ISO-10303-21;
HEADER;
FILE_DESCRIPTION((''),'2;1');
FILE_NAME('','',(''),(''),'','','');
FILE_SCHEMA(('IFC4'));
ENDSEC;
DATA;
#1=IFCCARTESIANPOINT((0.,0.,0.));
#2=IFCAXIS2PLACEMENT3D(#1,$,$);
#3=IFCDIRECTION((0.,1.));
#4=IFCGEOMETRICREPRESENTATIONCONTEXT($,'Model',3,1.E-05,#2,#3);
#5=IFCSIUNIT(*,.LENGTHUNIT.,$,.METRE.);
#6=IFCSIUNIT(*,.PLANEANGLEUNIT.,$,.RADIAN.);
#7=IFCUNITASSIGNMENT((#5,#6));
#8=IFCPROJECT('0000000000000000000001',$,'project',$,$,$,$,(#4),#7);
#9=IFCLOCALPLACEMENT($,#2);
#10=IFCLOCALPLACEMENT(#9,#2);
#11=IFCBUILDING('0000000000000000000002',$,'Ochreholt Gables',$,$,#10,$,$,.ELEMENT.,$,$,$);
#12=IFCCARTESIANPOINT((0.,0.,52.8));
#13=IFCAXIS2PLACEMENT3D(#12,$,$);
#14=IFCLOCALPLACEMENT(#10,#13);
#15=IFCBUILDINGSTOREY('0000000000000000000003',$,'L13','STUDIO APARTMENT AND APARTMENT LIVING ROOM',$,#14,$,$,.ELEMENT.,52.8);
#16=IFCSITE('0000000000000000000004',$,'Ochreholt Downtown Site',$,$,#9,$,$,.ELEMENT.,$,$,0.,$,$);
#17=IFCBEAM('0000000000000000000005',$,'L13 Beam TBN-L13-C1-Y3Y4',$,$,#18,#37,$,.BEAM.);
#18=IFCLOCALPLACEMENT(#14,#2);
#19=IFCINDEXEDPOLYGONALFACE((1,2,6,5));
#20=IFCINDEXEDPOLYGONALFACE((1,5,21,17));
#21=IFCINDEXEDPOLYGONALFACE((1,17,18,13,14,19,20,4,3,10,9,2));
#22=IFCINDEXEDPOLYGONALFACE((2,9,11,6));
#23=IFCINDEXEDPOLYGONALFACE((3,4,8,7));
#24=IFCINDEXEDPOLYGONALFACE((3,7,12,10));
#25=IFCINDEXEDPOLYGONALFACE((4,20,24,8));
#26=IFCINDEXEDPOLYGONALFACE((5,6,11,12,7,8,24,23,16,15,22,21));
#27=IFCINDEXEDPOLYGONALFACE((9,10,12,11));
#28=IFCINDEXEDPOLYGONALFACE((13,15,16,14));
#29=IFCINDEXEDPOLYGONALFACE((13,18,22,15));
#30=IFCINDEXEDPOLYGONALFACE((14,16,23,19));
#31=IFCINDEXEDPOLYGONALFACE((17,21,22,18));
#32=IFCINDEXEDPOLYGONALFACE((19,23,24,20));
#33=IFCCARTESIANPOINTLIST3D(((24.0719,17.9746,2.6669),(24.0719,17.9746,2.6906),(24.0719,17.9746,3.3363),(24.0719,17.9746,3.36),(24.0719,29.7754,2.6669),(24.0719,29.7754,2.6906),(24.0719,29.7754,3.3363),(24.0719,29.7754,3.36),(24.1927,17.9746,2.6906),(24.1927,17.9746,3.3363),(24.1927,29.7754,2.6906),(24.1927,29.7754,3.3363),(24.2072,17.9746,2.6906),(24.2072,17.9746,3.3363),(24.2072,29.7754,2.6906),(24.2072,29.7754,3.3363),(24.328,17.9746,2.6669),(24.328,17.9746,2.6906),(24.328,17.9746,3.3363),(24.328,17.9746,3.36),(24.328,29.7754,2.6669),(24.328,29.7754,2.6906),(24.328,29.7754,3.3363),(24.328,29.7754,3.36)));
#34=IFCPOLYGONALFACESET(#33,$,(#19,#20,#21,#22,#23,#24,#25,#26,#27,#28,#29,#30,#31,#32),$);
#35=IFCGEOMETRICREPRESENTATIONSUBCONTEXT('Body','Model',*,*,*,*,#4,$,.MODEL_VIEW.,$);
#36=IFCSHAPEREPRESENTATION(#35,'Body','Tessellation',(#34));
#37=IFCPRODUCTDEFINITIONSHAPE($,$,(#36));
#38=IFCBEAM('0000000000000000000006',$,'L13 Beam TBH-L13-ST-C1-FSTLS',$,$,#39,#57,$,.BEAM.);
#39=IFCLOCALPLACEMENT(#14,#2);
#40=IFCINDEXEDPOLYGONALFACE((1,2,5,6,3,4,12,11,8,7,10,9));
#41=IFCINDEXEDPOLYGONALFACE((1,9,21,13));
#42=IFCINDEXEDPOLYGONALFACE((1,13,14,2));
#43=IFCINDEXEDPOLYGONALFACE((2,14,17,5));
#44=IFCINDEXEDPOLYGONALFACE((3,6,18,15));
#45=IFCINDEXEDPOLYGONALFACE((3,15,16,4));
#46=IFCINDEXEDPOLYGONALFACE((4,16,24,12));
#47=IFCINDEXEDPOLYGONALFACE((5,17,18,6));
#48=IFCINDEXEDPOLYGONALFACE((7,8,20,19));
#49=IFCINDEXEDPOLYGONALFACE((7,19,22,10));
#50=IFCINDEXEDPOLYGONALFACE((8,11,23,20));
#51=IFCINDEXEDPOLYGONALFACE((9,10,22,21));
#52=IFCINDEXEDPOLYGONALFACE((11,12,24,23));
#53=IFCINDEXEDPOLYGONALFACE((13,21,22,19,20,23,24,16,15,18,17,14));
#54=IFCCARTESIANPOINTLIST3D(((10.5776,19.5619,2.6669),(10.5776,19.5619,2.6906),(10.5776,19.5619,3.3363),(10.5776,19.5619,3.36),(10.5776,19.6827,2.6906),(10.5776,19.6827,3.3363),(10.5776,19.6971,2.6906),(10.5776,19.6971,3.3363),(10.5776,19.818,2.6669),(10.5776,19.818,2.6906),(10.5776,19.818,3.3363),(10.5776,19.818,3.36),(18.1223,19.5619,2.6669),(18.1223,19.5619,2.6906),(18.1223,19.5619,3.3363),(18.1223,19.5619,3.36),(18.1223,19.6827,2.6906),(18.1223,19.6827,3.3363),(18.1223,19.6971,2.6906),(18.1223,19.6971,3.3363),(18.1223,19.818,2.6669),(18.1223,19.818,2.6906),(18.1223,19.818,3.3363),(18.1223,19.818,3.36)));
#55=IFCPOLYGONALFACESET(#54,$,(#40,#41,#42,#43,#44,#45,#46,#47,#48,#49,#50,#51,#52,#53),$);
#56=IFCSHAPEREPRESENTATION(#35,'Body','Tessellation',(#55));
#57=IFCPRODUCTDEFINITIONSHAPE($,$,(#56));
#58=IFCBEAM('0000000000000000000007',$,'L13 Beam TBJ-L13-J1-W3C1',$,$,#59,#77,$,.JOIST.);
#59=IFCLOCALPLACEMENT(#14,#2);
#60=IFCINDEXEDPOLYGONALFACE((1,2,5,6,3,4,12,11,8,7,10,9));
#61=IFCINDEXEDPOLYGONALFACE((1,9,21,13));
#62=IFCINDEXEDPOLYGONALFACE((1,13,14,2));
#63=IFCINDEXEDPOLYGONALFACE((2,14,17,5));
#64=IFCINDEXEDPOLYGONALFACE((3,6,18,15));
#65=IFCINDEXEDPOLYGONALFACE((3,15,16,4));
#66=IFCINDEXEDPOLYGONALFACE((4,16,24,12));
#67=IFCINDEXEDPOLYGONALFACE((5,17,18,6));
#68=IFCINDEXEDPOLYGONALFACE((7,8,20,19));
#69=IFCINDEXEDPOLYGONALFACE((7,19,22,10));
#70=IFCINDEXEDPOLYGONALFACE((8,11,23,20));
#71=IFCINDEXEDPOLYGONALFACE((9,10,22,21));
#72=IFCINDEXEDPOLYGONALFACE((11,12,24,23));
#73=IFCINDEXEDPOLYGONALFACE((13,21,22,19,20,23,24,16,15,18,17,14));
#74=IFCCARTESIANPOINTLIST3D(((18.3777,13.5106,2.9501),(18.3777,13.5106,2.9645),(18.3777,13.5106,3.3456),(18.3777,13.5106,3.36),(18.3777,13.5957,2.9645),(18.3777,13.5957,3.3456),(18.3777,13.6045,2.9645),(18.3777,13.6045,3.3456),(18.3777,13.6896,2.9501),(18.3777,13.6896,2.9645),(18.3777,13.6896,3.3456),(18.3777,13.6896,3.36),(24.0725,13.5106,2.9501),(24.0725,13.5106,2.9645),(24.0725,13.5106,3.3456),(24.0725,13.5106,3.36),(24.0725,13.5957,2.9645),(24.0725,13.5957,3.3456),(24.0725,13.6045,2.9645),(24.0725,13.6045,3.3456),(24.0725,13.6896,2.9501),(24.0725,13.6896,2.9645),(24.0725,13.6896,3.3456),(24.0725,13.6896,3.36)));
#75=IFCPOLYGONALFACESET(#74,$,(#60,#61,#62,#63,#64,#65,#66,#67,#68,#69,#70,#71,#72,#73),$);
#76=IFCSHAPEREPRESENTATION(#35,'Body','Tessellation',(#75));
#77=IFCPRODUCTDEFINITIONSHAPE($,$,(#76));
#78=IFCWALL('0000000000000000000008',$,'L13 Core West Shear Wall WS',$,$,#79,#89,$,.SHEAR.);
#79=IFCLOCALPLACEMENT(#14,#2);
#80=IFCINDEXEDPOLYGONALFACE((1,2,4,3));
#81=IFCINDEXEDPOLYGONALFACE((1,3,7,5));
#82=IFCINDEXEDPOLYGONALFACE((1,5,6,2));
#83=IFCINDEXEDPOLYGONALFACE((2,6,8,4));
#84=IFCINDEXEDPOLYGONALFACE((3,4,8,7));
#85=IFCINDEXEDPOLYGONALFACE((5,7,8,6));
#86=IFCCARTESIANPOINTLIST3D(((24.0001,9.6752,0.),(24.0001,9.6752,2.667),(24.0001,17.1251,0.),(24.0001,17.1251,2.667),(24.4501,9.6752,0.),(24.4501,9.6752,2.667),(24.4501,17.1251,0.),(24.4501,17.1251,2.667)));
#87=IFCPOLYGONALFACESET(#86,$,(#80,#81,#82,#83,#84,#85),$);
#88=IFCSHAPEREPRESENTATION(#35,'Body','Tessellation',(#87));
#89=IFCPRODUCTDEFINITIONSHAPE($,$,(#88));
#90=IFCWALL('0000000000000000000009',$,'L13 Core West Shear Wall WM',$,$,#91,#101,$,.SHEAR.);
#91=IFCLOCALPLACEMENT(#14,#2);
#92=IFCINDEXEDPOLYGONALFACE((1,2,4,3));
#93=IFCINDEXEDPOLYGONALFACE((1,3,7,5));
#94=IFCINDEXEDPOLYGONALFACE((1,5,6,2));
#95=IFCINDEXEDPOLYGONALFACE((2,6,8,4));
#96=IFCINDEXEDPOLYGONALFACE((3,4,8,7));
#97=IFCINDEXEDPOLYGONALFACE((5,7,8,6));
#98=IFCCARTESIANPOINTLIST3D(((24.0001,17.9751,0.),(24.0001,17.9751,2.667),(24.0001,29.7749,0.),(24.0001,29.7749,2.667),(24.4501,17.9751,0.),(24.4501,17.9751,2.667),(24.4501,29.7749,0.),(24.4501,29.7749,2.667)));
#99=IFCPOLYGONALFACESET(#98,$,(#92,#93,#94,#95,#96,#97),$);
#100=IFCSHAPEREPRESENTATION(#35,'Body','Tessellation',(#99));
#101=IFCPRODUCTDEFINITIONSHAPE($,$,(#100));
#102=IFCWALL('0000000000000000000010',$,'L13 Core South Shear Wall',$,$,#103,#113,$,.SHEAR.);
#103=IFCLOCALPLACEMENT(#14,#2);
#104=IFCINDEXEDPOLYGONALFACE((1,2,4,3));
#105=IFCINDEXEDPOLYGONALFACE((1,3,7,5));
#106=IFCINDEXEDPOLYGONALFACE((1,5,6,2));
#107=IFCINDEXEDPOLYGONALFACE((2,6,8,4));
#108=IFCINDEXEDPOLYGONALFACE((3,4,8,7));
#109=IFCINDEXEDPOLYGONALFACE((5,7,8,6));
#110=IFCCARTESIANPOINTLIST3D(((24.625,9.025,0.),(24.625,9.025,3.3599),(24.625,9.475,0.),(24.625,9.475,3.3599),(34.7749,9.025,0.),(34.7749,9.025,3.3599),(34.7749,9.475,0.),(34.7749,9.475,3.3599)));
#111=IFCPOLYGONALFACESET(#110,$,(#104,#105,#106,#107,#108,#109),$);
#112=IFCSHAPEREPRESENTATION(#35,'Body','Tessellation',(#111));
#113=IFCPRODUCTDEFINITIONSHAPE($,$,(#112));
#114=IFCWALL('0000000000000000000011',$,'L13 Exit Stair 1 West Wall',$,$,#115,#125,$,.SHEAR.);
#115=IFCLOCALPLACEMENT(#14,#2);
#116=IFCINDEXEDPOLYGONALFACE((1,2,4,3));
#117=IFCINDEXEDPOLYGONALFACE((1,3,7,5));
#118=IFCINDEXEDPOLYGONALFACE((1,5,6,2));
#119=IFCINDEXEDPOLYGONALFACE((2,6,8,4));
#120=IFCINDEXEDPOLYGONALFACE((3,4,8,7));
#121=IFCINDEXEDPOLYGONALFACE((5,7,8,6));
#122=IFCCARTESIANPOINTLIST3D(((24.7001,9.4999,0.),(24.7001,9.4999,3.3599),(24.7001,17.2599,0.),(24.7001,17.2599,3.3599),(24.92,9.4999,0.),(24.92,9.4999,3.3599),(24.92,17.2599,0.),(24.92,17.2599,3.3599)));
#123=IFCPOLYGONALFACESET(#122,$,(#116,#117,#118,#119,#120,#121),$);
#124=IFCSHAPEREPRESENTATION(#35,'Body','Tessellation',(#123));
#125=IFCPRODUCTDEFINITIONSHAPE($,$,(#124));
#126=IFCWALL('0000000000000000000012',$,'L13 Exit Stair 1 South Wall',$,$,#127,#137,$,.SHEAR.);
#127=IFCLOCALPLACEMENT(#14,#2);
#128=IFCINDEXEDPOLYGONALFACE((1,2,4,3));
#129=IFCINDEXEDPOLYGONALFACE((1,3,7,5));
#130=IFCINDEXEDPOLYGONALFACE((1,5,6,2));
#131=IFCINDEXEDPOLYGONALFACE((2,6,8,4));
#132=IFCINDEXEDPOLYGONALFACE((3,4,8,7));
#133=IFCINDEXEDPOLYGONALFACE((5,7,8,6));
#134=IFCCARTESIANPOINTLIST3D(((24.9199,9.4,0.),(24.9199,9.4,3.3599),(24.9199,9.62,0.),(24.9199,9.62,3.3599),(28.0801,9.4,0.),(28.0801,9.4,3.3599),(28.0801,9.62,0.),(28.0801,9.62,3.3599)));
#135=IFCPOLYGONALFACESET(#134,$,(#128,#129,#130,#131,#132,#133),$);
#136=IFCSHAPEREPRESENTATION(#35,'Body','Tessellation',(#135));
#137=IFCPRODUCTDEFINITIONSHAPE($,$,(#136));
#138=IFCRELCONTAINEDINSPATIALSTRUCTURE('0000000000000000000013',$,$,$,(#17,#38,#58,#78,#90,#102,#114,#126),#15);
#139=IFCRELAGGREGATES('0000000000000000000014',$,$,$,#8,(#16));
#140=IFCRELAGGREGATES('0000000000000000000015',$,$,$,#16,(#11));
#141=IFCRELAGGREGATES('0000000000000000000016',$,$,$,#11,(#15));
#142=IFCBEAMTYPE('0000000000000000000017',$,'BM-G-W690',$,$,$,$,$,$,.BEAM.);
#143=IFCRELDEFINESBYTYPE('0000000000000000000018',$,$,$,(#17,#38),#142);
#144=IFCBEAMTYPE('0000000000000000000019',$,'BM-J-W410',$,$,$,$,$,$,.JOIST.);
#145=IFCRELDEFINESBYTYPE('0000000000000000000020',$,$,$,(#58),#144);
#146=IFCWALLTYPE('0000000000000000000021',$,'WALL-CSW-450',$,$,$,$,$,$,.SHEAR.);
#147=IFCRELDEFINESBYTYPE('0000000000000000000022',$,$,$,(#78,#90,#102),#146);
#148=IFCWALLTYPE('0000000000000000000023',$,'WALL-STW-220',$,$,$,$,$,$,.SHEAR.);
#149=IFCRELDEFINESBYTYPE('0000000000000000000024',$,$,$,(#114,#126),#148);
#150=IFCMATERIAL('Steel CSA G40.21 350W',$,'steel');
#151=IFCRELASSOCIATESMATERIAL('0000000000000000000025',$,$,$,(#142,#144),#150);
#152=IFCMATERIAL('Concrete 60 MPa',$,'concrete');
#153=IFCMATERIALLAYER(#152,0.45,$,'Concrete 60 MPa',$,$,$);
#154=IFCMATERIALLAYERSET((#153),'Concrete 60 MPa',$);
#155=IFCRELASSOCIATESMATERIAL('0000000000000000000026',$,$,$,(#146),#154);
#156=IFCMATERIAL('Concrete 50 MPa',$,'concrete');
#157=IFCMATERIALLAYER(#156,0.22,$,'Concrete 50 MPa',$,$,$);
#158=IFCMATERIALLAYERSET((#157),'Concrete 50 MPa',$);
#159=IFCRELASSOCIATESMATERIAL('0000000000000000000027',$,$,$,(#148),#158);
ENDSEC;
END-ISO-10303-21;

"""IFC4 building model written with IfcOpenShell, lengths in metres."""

from ifc_helpers import new_model, si_unit, direction, frame, frame_2d, origin, origin_2d, place, context, subcontext, project, spatial, rectangle, i_section, extrude, material, layer, layer_set, material_profile, profile_set, type_object, element, save


model = new_model("IFC4")

# Units and contexts
model_context = context("Model", 3, precision=1e-05, world=origin(), true_north=direction((0.0, 1.0)))
body_context = subcontext(model_context, "Body", "Model", "MODEL_VIEW")
ifc_project = project(units=[si_unit("LENGTHUNIT", "METRE"), si_unit("PLANEANGLEUNIT", "RADIAN")], contexts=[model_context])

# Site, building, storey
site_placement = place(None, origin())
site = spatial("IfcSite", under=ifc_project, at=site_placement, Name="Ochreholt Downtown Site", CompositionType="ELEMENT", RefElevation=0.0)
building_placement = place(site_placement, origin())
building = spatial("IfcBuilding", under=site, at=building_placement, Name="Ochreholt Gables", CompositionType="ELEMENT")
storey_placement = place(building_placement, frame((0.0, 0.0, 52.8)))
storey = spatial("IfcBuildingStorey", under=building, at=storey_placement, Name="L13", Description="STUDIO APARTMENT AND APARTMENT LIVING ROOM", CompositionType="ELEMENT", Elevation=52.8)

# Shared definitions
ifc_material_1 = material(Name="Concrete 60 MPa", Category="concrete")

# Beams
ifc_material_2 = material(Name="Steel CSA G40.21 350W", Category="steel")
ifc_material_profile_1 = material_profile(ifc_material_2, i_section(OverallWidth=0.2561, OverallDepth=0.6931, WebThickness=0.0144, FlangeThickness=0.0237, at=origin_2d()), Name="W690X170")
ifc_profile_set_1 = profile_set([ifc_material_profile_1], Name="Steel CSA G40.21 350W")
beam_type_1 = type_object("IfcBeamType", Name="BM-G-W690", PredefinedType="BEAM", material=ifc_profile_set_1)
beam_1_placement = place(storey_placement, frame((24.2, 17.9746, 3.0134), z_axis=(0.0, 1.0, 0.0), x_axis=(-1.0, 0.0, 0.0)))
element("IfcBeam", 1, at=beam_1_placement, inside=storey, type_object=beam_type_1, Name="L13 Beam TBN-L13-C1-Y3Y4", PredefinedType="BEAM", context=body_context, shape_type="SweptSolid", body=[
    extrude(i_section(OverallWidth=0.2561, OverallDepth=0.6931, WebThickness=0.0144, FlangeThickness=0.0237, at=origin_2d()), origin(), (0.0, 0.0, 1.0), 11.8008),
])
beam_2_placement = place(storey_placement, frame((10.5776, 19.6899, 3.0134), z_axis=(1.0, 0.0, 0.0), x_axis=(0.0, 1.0, 0.0)))
element("IfcBeam", 2, at=beam_2_placement, inside=storey, type_object=beam_type_1, Name="L13 Beam TBH-L13-ST-C1-FSTLS", PredefinedType="BEAM", context=body_context, shape_type="SweptSolid", body=[
    extrude(i_section(OverallWidth=0.2561, OverallDepth=0.6931, WebThickness=0.0144, FlangeThickness=0.0237, at=origin_2d()), origin(), (0.0, 0.0, 1.0), 7.5447),
])
ifc_material_profile_2 = material_profile(ifc_material_2, i_section(OverallWidth=0.179, OverallDepth=0.4099, WebThickness=0.0088, FlangeThickness=0.0144, at=origin_2d()), Name="W410X67")
ifc_profile_set_2 = profile_set([ifc_material_profile_2], Name="Steel CSA G40.21 350W")
beam_type_2 = type_object("IfcBeamType", Name="BM-J-W410", PredefinedType="JOIST", material=ifc_profile_set_2)
beam_3_placement = place(storey_placement, frame((18.3777, 13.6001, 3.155), z_axis=(1.0, 0.0, 0.0), x_axis=(0.0, 1.0, 0.0)))
element("IfcBeam", 3, at=beam_3_placement, inside=storey, type_object=beam_type_2, Name="L13 Beam TBJ-L13-J1-W3C1", PredefinedType="JOIST", context=body_context, shape_type="SweptSolid", body=[
    extrude(i_section(OverallWidth=0.179, OverallDepth=0.4099, WebThickness=0.0088, FlangeThickness=0.0144, at=origin_2d()), origin(), (0.0, 0.0, 1.0), 5.6948),
])

# Walls
ifc_layer_1 = layer(ifc_material_1, 0.45, Name="Concrete 60 MPa")
ifc_layer_set_1 = layer_set([ifc_layer_1], Name="Concrete 60 MPa")
wall_type_1 = type_object("IfcWallType", Name="WALL-CSW-450", PredefinedType="SHEAR", material=ifc_layer_set_1)
wall_1_placement = place(storey_placement, frame((24.2251, 9.675, 0.0), z_axis=(0.0, 0.0, 1.0), x_axis=(0.0, 1.0, 0.0)))
element("IfcWall", 4, at=wall_1_placement, inside=storey, type_object=wall_type_1, Name="L13 Core West Shear Wall WS", PredefinedType="SHEAR", context=body_context, shape_type="SweptSolid", body=[
    extrude(rectangle(XDim=7.45, YDim=0.45, at=frame_2d((3.7251, 0.0))), origin(), (0.0, 0.0, 1.0), 2.667),
])
wall_2_placement = place(storey_placement, frame((24.2251, 17.9751, 0.0), z_axis=(0.0, 0.0, 1.0), x_axis=(0.0, 1.0, 0.0)))
element("IfcWall", 5, at=wall_2_placement, inside=storey, type_object=wall_type_1, Name="L13 Core West Shear Wall WM", PredefinedType="SHEAR", context=body_context, shape_type="SweptSolid", body=[
    extrude(rectangle(XDim=11.7998, YDim=0.45, at=frame_2d((5.8999, 0.0))), origin(), (0.0, 0.0, 1.0), 2.667),
])
wall_3_placement = place(storey_placement, frame((24.625, 9.25, 0.0), z_axis=(0.0, 0.0, 1.0), x_axis=(1.0, 0.0, 0.0)))
element("IfcWall", 6, at=wall_3_placement, inside=storey, type_object=wall_type_1, Name="L13 Core South Shear Wall", PredefinedType="SHEAR", context=body_context, shape_type="SweptSolid", body=[
    extrude(rectangle(XDim=10.1499, YDim=0.45, at=frame_2d((5.075, 0.0))), origin(), (0.0, 0.0, 1.0), 3.3599),
])
ifc_material_3 = material(Name="Concrete 50 MPa", Category="concrete")
ifc_layer_2 = layer(ifc_material_3, 0.22, Name="Concrete 50 MPa")
ifc_layer_set_2 = layer_set([ifc_layer_2], Name="Concrete 50 MPa")
wall_type_2 = type_object("IfcWallType", Name="WALL-STW-220", PredefinedType="SHEAR", material=ifc_layer_set_2)
wall_4_placement = place(storey_placement, frame((24.8101, 9.5, 0.0), z_axis=(0.0, 0.0, 1.0), x_axis=(0.0, 1.0, 0.0)))
element("IfcWall", 7, at=wall_4_placement, inside=storey, type_object=wall_type_2, Name="L13 Exit Stair 1 West Wall", PredefinedType="SHEAR", context=body_context, shape_type="SweptSolid", body=[
    extrude(rectangle(XDim=7.76, YDim=0.22, at=frame_2d((3.8799, 0.0))), origin(), (0.0, 0.0, 1.0), 3.3599),
])
wall_5_placement = place(storey_placement, frame((24.9199, 9.51, 0.0), z_axis=(0.0, 0.0, 1.0), x_axis=(1.0, 0.0, 0.0)))
element("IfcWall", 8, at=wall_5_placement, inside=storey, type_object=wall_type_2, Name="L13 Exit Stair 1 South Wall", PredefinedType="SHEAR", context=body_context, shape_type="SweptSolid", body=[
    extrude(rectangle(XDim=3.1602, YDim=0.22, at=frame_2d((1.5801, 0.0))), origin(), (0.0, 0.0, 1.0), 3.3599),
])

save(model, "model.ifc")
